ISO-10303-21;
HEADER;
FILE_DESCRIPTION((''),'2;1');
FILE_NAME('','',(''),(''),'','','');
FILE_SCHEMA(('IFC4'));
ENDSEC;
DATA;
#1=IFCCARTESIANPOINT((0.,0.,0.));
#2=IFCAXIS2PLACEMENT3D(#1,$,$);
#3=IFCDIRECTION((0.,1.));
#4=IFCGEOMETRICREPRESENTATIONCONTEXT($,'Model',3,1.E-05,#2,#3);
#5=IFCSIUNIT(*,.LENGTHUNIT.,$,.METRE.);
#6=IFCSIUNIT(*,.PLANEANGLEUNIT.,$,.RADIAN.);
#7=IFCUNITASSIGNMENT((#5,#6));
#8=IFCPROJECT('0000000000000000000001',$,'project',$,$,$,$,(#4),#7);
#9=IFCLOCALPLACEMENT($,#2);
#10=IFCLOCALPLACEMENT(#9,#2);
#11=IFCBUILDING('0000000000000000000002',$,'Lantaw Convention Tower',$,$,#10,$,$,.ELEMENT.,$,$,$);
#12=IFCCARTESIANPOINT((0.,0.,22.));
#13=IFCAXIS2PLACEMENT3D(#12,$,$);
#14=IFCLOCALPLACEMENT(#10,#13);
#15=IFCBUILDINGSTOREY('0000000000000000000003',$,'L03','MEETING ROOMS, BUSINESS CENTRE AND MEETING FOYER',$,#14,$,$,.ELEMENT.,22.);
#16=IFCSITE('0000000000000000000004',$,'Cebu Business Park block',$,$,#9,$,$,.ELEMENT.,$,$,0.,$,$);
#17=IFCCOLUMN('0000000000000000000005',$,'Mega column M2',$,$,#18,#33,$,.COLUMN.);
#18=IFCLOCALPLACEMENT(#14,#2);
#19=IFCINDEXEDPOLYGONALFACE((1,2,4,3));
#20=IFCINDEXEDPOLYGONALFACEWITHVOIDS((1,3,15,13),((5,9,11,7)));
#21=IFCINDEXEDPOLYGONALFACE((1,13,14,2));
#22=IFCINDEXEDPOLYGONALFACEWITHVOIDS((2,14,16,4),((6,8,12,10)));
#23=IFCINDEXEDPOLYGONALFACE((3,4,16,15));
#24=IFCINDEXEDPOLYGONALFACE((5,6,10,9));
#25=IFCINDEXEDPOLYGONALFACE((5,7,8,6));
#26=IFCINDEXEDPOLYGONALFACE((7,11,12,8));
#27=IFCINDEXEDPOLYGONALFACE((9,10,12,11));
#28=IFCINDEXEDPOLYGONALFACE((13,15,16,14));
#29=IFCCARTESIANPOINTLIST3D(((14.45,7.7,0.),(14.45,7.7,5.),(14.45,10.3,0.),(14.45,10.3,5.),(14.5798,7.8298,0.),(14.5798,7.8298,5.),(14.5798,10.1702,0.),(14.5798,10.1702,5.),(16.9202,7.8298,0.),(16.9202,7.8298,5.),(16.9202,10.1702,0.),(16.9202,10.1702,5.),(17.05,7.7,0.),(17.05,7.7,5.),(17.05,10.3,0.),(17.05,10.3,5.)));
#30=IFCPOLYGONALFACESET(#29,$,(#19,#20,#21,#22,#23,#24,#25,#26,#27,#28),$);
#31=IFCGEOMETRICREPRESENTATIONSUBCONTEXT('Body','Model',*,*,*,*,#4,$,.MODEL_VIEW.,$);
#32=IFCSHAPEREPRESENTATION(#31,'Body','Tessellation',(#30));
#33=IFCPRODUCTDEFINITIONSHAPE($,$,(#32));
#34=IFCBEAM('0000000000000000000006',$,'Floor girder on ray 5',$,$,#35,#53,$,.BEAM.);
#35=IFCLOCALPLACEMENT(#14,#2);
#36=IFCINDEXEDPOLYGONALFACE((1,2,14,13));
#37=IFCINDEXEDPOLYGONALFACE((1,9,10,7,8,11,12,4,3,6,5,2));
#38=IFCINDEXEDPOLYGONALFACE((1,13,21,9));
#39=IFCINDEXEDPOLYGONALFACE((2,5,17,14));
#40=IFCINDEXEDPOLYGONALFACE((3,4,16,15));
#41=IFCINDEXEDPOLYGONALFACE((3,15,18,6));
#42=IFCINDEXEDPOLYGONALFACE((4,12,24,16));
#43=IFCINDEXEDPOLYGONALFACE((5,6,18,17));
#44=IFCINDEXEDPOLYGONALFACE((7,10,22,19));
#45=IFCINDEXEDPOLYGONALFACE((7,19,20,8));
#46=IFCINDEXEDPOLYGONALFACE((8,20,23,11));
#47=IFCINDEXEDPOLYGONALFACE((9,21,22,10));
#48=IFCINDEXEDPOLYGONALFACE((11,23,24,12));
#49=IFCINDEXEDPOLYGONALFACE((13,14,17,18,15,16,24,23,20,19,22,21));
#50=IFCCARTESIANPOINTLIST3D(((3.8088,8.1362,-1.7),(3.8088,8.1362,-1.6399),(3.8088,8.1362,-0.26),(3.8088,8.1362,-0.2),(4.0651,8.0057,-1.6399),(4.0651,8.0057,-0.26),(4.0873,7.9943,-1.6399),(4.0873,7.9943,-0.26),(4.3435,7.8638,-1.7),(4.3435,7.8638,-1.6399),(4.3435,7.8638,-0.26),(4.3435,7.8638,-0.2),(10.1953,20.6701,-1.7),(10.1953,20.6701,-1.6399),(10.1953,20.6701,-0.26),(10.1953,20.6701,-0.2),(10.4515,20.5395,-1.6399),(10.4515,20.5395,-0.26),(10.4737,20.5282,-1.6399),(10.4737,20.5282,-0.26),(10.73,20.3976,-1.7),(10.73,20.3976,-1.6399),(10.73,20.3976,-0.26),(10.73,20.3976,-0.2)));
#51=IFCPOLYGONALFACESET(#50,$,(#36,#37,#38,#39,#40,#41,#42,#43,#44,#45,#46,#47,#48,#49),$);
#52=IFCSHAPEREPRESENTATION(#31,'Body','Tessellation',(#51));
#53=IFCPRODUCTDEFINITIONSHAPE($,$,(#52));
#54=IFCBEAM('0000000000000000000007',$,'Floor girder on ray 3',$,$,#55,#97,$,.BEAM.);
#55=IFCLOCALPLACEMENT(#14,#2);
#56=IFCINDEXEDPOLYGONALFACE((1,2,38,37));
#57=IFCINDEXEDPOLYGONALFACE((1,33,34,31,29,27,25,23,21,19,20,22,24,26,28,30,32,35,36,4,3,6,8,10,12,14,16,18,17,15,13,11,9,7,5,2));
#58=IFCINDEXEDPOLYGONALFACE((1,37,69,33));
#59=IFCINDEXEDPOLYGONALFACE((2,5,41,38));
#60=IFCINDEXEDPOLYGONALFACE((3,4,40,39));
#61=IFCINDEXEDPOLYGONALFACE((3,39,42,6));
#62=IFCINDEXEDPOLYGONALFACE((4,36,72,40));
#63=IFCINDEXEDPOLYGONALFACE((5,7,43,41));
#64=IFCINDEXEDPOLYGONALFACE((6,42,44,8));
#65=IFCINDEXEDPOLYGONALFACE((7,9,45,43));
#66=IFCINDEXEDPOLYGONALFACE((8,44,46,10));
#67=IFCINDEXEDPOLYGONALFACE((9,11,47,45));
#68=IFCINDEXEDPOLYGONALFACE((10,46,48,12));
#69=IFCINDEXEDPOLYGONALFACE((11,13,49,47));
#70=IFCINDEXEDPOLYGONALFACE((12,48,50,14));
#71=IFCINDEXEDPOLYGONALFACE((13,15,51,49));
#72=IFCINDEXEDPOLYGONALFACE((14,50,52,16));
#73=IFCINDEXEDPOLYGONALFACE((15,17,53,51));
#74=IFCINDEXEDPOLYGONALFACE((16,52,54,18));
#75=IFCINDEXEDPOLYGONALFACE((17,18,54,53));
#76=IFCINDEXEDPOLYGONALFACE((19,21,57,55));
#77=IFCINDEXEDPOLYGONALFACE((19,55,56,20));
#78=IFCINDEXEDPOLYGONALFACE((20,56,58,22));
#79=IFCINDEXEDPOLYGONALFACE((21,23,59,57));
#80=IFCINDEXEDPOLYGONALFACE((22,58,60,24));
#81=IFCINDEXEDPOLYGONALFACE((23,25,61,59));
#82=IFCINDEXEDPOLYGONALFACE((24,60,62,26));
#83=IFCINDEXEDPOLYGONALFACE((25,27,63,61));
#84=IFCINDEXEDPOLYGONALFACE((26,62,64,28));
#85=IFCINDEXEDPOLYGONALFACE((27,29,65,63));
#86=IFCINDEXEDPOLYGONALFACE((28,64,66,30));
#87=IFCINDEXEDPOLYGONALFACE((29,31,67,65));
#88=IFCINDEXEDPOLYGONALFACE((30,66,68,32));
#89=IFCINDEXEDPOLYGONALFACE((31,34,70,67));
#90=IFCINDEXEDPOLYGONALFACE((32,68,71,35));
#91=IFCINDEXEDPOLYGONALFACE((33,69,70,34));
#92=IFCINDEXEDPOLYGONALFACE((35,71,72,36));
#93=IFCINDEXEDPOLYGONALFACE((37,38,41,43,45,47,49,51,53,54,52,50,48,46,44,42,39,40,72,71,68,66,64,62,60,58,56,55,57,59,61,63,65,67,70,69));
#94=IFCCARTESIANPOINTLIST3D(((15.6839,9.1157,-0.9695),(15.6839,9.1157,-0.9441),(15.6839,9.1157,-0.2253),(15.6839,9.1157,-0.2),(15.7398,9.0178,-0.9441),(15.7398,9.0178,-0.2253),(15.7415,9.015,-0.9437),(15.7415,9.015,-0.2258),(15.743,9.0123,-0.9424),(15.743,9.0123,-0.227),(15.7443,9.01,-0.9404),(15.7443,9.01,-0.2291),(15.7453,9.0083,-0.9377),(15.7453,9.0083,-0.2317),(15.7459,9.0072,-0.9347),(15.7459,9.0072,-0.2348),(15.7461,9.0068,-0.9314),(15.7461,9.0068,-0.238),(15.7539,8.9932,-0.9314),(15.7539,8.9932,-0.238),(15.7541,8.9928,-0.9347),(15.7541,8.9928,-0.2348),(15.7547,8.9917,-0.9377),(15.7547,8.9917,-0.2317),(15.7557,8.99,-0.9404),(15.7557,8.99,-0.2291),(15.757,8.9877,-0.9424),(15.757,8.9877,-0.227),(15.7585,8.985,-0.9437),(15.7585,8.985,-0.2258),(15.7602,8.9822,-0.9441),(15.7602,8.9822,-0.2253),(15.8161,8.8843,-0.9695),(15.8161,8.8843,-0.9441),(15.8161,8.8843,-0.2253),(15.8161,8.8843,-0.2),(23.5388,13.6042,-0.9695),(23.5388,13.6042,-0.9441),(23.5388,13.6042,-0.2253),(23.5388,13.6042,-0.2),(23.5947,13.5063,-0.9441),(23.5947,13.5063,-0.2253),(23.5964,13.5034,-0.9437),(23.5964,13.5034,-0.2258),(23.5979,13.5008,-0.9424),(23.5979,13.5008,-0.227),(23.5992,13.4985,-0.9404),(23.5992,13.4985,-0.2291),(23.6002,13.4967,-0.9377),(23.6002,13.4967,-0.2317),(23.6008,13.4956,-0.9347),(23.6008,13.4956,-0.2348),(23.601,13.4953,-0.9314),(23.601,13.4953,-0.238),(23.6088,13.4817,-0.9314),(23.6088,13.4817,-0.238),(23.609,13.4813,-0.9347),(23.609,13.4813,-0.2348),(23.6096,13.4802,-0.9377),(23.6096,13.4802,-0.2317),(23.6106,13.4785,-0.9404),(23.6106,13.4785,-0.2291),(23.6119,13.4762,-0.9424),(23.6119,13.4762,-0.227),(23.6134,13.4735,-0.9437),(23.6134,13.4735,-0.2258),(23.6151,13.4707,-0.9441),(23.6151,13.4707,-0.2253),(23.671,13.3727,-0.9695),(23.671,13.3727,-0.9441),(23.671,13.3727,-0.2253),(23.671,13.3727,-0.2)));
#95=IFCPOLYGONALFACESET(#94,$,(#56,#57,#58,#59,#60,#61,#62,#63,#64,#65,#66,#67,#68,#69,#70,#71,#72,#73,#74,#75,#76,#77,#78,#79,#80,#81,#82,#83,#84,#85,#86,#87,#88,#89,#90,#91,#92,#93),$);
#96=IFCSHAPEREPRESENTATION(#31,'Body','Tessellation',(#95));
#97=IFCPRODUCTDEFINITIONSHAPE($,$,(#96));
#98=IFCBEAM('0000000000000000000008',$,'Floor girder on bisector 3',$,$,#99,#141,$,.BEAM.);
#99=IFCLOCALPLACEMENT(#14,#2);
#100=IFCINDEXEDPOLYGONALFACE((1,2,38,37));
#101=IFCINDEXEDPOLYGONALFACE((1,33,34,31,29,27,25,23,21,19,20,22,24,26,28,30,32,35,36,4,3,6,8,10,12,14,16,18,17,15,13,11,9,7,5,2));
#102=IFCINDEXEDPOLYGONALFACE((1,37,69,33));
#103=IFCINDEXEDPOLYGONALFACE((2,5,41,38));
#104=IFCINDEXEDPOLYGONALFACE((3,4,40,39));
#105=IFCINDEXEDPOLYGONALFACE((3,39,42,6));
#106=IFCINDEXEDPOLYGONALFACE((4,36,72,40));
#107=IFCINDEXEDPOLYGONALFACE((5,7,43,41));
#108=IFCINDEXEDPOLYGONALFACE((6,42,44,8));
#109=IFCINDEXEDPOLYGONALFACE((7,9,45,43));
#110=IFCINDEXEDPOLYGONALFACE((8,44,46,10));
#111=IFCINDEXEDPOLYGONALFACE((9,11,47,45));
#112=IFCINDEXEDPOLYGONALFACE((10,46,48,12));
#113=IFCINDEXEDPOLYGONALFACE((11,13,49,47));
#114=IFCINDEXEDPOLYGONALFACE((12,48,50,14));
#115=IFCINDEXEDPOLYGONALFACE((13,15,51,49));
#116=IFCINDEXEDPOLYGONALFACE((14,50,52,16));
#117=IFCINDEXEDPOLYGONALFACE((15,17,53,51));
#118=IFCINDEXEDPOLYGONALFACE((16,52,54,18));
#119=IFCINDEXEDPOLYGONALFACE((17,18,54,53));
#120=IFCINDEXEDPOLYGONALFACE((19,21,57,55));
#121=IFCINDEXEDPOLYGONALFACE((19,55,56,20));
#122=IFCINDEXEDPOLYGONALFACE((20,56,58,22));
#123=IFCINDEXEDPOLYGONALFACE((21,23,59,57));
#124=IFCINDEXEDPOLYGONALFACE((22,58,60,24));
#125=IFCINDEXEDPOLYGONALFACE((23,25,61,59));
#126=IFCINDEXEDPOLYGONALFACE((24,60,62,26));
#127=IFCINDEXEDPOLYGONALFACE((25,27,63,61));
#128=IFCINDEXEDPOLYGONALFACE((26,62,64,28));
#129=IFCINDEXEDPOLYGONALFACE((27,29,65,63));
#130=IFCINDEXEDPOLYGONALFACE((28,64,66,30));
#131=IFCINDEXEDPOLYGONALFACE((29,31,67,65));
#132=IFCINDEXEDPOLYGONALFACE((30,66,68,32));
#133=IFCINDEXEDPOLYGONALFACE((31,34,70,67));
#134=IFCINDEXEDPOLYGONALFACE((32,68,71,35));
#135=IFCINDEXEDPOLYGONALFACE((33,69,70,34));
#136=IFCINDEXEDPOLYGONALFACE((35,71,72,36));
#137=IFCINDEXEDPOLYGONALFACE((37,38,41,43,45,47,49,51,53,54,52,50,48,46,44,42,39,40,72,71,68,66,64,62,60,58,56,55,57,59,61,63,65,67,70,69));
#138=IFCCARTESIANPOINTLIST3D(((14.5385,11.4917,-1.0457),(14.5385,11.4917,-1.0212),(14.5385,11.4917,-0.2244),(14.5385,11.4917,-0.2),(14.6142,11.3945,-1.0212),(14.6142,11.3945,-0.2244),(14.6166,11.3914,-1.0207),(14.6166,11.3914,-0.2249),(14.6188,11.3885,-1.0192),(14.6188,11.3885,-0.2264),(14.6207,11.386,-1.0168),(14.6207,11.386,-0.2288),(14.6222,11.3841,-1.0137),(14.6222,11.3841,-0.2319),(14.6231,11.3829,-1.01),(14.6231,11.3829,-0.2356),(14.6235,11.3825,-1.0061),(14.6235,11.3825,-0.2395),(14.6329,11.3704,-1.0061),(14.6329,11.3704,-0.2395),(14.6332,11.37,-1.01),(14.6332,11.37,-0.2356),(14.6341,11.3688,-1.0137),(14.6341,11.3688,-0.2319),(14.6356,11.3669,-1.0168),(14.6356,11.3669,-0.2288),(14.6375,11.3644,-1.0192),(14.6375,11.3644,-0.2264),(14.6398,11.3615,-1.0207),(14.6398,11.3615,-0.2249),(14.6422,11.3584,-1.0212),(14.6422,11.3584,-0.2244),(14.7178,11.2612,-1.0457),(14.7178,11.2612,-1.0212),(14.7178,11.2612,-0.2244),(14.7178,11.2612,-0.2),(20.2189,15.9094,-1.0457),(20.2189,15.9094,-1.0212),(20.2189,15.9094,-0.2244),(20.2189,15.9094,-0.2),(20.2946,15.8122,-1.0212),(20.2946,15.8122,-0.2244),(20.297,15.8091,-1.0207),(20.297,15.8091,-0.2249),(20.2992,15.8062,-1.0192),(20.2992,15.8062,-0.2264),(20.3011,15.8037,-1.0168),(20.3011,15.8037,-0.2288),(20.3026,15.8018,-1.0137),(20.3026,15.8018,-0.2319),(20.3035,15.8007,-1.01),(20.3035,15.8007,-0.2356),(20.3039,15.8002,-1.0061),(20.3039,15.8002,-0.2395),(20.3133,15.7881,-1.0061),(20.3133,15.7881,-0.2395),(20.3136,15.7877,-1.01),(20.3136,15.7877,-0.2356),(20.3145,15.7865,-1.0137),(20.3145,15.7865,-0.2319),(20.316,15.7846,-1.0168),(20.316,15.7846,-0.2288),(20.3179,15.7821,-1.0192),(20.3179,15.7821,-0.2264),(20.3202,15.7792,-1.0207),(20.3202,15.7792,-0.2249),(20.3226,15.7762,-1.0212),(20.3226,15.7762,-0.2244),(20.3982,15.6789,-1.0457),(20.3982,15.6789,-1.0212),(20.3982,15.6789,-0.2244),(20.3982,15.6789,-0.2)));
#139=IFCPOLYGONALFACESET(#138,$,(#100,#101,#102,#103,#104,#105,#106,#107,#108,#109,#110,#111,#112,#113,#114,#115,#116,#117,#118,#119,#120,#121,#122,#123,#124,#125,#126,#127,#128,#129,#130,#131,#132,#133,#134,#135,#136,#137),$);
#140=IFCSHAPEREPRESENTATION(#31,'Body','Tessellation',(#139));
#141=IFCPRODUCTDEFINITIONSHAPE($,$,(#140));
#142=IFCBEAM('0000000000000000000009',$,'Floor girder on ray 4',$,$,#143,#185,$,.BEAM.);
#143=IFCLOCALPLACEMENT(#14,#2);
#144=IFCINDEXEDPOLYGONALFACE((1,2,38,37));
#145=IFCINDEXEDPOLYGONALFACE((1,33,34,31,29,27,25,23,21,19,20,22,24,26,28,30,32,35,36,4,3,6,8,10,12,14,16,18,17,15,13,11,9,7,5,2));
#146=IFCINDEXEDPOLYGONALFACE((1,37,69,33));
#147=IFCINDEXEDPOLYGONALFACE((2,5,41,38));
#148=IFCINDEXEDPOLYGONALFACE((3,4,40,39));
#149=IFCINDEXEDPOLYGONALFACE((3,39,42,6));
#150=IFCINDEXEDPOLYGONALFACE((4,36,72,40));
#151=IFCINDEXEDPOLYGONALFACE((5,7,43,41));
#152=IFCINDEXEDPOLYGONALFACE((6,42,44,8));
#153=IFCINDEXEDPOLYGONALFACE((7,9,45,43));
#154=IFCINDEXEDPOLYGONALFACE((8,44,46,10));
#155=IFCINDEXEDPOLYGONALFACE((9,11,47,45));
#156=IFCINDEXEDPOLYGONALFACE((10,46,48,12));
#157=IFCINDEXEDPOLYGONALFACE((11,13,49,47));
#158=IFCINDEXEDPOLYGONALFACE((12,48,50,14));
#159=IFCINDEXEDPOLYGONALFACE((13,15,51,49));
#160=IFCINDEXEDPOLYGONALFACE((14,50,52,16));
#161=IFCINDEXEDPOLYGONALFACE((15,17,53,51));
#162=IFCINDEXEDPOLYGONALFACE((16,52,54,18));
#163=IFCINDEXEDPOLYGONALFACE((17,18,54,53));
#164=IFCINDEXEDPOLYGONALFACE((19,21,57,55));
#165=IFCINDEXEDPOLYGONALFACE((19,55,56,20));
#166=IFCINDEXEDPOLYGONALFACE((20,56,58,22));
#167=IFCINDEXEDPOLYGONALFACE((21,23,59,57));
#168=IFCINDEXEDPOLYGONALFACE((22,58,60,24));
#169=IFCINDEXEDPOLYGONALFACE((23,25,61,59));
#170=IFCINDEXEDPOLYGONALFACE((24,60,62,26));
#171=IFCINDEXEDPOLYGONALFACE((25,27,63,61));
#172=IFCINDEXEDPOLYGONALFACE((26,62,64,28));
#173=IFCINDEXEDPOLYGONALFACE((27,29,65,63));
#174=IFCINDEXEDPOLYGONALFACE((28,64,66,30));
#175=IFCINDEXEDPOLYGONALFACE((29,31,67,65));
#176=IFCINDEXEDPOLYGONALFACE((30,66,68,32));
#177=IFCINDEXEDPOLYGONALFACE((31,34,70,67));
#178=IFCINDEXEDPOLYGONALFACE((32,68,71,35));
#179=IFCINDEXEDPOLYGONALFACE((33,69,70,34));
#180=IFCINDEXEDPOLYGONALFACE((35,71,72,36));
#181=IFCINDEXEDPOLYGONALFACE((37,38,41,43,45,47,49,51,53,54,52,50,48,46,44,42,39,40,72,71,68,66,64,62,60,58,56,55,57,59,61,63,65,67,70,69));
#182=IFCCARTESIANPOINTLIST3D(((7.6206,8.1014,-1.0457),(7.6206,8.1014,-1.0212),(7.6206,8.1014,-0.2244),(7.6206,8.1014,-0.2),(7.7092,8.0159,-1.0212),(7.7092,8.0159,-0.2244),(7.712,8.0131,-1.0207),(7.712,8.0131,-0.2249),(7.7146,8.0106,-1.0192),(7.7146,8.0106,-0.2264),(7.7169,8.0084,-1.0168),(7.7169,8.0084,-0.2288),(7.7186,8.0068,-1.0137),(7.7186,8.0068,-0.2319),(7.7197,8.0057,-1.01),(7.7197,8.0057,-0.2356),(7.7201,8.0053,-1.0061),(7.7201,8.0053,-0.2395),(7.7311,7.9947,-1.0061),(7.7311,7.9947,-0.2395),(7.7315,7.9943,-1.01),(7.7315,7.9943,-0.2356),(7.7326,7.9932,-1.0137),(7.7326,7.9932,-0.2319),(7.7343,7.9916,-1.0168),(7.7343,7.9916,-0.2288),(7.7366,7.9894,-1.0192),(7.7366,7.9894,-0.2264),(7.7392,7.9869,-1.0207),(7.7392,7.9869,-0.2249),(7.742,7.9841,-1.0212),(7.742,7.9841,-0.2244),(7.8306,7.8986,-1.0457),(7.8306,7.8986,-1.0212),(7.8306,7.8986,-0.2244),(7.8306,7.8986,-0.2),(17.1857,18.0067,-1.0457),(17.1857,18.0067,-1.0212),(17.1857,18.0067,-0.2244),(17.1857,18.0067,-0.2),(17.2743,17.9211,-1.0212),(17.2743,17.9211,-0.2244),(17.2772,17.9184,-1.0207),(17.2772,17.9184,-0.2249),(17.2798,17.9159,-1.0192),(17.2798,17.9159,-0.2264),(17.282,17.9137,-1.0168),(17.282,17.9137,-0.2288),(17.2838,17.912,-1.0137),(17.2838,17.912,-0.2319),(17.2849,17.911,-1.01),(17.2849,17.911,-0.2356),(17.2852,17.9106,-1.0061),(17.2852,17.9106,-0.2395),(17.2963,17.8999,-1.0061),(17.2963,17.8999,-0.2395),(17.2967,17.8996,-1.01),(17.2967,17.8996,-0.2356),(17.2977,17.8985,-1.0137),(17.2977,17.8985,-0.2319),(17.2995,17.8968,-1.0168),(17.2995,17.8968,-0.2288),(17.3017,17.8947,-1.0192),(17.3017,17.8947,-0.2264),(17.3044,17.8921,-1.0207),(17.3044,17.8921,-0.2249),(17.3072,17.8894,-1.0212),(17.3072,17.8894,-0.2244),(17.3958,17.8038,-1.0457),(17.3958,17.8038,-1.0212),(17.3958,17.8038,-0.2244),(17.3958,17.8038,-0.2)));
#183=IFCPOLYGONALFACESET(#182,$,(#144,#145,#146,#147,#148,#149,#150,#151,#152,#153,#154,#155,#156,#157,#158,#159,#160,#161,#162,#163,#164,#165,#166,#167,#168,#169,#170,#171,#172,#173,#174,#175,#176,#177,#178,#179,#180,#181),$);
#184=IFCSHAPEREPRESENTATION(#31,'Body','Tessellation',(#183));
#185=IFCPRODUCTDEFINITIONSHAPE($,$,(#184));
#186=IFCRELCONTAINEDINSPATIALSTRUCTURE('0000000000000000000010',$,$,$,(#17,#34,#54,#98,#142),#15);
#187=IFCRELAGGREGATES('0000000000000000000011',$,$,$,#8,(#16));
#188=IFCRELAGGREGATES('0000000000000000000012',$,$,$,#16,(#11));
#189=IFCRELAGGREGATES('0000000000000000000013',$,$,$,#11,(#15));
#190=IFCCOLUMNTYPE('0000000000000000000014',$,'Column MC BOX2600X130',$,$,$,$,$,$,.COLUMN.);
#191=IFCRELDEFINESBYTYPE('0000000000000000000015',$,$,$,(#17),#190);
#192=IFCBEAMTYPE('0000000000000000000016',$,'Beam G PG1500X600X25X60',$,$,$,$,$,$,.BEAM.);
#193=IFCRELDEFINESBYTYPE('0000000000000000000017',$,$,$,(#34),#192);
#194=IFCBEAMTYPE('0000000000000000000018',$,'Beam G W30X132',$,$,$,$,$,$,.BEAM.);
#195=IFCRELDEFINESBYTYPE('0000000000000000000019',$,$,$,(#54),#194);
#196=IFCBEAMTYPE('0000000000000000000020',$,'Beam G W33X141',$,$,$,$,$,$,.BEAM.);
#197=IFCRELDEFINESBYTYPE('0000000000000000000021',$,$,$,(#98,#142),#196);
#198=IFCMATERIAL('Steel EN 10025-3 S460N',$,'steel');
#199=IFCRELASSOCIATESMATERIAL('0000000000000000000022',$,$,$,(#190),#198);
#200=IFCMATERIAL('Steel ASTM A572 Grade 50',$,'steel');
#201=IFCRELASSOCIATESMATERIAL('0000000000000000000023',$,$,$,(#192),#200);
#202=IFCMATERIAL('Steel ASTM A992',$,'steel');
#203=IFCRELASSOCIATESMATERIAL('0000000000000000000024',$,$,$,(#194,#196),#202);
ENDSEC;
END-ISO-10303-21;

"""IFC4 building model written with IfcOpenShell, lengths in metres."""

from ifc_helpers import new_model, si_unit, direction, frame, origin, origin_2d, place, context, subcontext, project, spatial, rectangle, hollow_rectangle, i_section, extrude, material, material_profile, profile_set, type_object, element, save


model = new_model("IFC4")

# Units and contexts
model_context = context("Model", 3, precision=1e-05, world=origin(), true_north=direction((0.0, 1.0)))
body_context = subcontext(model_context, "Body", "Model", "MODEL_VIEW")
ifc_project = project(units=[si_unit("LENGTHUNIT", "METRE"), si_unit("PLANEANGLEUNIT", "RADIAN")], contexts=[model_context])

# Site, building, storey
site_placement = place(None, origin())
site = spatial("IfcSite", under=ifc_project, at=site_placement, Name="Cebu Business Park block", CompositionType="ELEMENT", RefElevation=0.0)
building_placement = place(site_placement, origin())
building = spatial("IfcBuilding", under=site, at=building_placement, Name="Lantaw Convention Tower", CompositionType="ELEMENT")
storey_placement = place(building_placement, frame((0.0, 0.0, 22.0)))
storey = spatial("IfcBuildingStorey", under=building, at=storey_placement, Name="L03", Description="MEETING ROOMS, BUSINESS CENTRE AND MEETING FOYER", CompositionType="ELEMENT", Elevation=22.0)

# Column
ifc_material_1 = material(Name="Steel EN 10025-3 S460N", Category="steel")
ifc_material_profile_1 = material_profile(ifc_material_1, hollow_rectangle(XDim=2.6001, YDim=2.6001, WallThickness=0.1299, at=origin_2d()), Name="BOX2600X130")
ifc_material_2 = material(Name="Concrete C60/75", Category="concrete")
ifc_material_profile_2 = material_profile(ifc_material_2, rectangle(XDim=2.3401, YDim=2.3401, at=origin_2d()), Name="Concrete fill of BOX2600X130")
ifc_profile_set_1 = profile_set([ifc_material_profile_1, ifc_material_profile_2], Name="Steel EN 10025-3 S460N")
column_type = type_object("IfcColumnType", Name="Column MC BOX2600X130", PredefinedType="COLUMN", material=ifc_profile_set_1)
column_placement = place(storey_placement, frame((15.75, 9.0, 0.0), z_axis=(0.0, 0.0, 1.0), x_axis=(1.0, 0.0, 0.0)))
element("IfcColumn", 1, at=column_placement, inside=storey, type_object=column_type, Name="Mega column M2", PredefinedType="COLUMN", context=body_context, shape_type="SweptSolid", body=[
    extrude(hollow_rectangle(XDim=2.6001, YDim=2.6001, WallThickness=0.1299, at=origin_2d()), origin(), (0.0, 0.0, 1.0), 5.0),
])

# Beams
ifc_material_3 = material(Name="Steel ASTM A572 Grade 50", Category="steel")
ifc_material_profile_3 = material_profile(ifc_material_3, i_section(OverallWidth=0.6001, OverallDepth=1.5, WebThickness=0.0249, FlangeThickness=0.0601, at=origin_2d()), Name="PG1500X600X25X60")
ifc_profile_set_2 = profile_set([ifc_material_profile_3], Name="Steel ASTM A572 Grade 50")
beam_type_1 = type_object("IfcBeamType", Name="Beam G PG1500X600X25X60", PredefinedType="BEAM", material=ifc_profile_set_2)
beam_1_placement = place(storey_placement, frame((4.0762, 8.0, -0.95), z_axis=(0.453997, 0.891003, 0.0), x_axis=(-0.891003, 0.453997, 0.0)))
element("IfcBeam", 2, at=beam_1_placement, inside=storey, type_object=beam_type_1, Name="Floor girder on ray 5", PredefinedType="BEAM", context=body_context, shape_type="SweptSolid", body=[
    extrude(i_section(OverallWidth=0.6001, OverallDepth=1.5, WebThickness=0.0249, FlangeThickness=0.0601, at=origin_2d()), origin(), (0.0, 0.0, 1.0), 14.0671),
])
ifc_material_4 = material(Name="Steel ASTM A992", Category="steel")
ifc_material_profile_4 = material_profile(ifc_material_4, i_section(OverallWidth=0.2666, OverallDepth=0.7695, WebThickness=0.0156, FlangeThickness=0.0254, FilletRadius=0.0127, at=origin_2d()), Name="W30X132")
ifc_profile_set_3 = profile_set([ifc_material_profile_4], Name="Steel ASTM A992")
beam_type_2 = type_object("IfcBeamType", Name="Beam G W30X132", PredefinedType="BEAM", material=ifc_profile_set_3)
beam_2_placement = place(storey_placement, frame((15.75, 9.0, -0.5847), z_axis=(0.868245, 0.496136, 0.0), x_axis=(-0.496136, 0.868245, 0.0)))
element("IfcBeam", 3, at=beam_2_placement, inside=storey, type_object=beam_type_2, Name="Floor girder on ray 3", PredefinedType="BEAM", context=body_context, shape_type="SweptSolid", body=[
    extrude(i_section(OverallWidth=0.2666, OverallDepth=0.7695, WebThickness=0.0156, FlangeThickness=0.0254, FilletRadius=0.0127, at=origin_2d()), origin(), (0.0, 0.0, 1.0), 9.0469),
])
ifc_material_profile_5 = material_profile(ifc_material_4, i_section(OverallWidth=0.292, OverallDepth=0.8457, WebThickness=0.0154, FlangeThickness=0.0244, FilletRadius=0.0151, at=origin_2d()), Name="W33X141")
ifc_profile_set_4 = profile_set([ifc_material_profile_5], Name="Steel ASTM A992")
beam_type_3 = type_object("IfcBeamType", Name="Beam G W33X141", PredefinedType="BEAM", material=ifc_profile_set_4)
beam_3_placement = place(storey_placement, frame((14.6282, 11.3765, -0.6228), z_axis=(0.789378, 0.613908, 0.0), x_axis=(-0.613908, 0.789378, 0.0)))
element("IfcBeam", 4, at=beam_3_placement, inside=storey, type_object=beam_type_3, Name="Floor girder on bisector 3", PredefinedType="BEAM", context=body_context, shape_type="SweptSolid", body=[
    extrude(i_section(OverallWidth=0.292, OverallDepth=0.8457, WebThickness=0.0154, FlangeThickness=0.0244, FilletRadius=0.0151, at=origin_2d()), origin(), (0.0, 0.0, 1.0), 7.196),
])
beam_4_placement = place(storey_placement, frame((7.7256, 8.0, -0.6228), z_axis=(0.69465, 0.719348, 0.0), x_axis=(-0.719348, 0.69465, 0.0)))
element("IfcBeam", 5, at=beam_4_placement, inside=storey, type_object=beam_type_3, Name="Floor girder on ray 4", PredefinedType="BEAM", context=body_context, shape_type="SweptSolid", body=[
    extrude(i_section(OverallWidth=0.292, OverallDepth=0.8457, WebThickness=0.0154, FlangeThickness=0.0244, FilletRadius=0.0151, at=origin_2d()), origin(), (0.0, 0.0, 1.0), 13.7698),
])

save(model, "model.ifc")
